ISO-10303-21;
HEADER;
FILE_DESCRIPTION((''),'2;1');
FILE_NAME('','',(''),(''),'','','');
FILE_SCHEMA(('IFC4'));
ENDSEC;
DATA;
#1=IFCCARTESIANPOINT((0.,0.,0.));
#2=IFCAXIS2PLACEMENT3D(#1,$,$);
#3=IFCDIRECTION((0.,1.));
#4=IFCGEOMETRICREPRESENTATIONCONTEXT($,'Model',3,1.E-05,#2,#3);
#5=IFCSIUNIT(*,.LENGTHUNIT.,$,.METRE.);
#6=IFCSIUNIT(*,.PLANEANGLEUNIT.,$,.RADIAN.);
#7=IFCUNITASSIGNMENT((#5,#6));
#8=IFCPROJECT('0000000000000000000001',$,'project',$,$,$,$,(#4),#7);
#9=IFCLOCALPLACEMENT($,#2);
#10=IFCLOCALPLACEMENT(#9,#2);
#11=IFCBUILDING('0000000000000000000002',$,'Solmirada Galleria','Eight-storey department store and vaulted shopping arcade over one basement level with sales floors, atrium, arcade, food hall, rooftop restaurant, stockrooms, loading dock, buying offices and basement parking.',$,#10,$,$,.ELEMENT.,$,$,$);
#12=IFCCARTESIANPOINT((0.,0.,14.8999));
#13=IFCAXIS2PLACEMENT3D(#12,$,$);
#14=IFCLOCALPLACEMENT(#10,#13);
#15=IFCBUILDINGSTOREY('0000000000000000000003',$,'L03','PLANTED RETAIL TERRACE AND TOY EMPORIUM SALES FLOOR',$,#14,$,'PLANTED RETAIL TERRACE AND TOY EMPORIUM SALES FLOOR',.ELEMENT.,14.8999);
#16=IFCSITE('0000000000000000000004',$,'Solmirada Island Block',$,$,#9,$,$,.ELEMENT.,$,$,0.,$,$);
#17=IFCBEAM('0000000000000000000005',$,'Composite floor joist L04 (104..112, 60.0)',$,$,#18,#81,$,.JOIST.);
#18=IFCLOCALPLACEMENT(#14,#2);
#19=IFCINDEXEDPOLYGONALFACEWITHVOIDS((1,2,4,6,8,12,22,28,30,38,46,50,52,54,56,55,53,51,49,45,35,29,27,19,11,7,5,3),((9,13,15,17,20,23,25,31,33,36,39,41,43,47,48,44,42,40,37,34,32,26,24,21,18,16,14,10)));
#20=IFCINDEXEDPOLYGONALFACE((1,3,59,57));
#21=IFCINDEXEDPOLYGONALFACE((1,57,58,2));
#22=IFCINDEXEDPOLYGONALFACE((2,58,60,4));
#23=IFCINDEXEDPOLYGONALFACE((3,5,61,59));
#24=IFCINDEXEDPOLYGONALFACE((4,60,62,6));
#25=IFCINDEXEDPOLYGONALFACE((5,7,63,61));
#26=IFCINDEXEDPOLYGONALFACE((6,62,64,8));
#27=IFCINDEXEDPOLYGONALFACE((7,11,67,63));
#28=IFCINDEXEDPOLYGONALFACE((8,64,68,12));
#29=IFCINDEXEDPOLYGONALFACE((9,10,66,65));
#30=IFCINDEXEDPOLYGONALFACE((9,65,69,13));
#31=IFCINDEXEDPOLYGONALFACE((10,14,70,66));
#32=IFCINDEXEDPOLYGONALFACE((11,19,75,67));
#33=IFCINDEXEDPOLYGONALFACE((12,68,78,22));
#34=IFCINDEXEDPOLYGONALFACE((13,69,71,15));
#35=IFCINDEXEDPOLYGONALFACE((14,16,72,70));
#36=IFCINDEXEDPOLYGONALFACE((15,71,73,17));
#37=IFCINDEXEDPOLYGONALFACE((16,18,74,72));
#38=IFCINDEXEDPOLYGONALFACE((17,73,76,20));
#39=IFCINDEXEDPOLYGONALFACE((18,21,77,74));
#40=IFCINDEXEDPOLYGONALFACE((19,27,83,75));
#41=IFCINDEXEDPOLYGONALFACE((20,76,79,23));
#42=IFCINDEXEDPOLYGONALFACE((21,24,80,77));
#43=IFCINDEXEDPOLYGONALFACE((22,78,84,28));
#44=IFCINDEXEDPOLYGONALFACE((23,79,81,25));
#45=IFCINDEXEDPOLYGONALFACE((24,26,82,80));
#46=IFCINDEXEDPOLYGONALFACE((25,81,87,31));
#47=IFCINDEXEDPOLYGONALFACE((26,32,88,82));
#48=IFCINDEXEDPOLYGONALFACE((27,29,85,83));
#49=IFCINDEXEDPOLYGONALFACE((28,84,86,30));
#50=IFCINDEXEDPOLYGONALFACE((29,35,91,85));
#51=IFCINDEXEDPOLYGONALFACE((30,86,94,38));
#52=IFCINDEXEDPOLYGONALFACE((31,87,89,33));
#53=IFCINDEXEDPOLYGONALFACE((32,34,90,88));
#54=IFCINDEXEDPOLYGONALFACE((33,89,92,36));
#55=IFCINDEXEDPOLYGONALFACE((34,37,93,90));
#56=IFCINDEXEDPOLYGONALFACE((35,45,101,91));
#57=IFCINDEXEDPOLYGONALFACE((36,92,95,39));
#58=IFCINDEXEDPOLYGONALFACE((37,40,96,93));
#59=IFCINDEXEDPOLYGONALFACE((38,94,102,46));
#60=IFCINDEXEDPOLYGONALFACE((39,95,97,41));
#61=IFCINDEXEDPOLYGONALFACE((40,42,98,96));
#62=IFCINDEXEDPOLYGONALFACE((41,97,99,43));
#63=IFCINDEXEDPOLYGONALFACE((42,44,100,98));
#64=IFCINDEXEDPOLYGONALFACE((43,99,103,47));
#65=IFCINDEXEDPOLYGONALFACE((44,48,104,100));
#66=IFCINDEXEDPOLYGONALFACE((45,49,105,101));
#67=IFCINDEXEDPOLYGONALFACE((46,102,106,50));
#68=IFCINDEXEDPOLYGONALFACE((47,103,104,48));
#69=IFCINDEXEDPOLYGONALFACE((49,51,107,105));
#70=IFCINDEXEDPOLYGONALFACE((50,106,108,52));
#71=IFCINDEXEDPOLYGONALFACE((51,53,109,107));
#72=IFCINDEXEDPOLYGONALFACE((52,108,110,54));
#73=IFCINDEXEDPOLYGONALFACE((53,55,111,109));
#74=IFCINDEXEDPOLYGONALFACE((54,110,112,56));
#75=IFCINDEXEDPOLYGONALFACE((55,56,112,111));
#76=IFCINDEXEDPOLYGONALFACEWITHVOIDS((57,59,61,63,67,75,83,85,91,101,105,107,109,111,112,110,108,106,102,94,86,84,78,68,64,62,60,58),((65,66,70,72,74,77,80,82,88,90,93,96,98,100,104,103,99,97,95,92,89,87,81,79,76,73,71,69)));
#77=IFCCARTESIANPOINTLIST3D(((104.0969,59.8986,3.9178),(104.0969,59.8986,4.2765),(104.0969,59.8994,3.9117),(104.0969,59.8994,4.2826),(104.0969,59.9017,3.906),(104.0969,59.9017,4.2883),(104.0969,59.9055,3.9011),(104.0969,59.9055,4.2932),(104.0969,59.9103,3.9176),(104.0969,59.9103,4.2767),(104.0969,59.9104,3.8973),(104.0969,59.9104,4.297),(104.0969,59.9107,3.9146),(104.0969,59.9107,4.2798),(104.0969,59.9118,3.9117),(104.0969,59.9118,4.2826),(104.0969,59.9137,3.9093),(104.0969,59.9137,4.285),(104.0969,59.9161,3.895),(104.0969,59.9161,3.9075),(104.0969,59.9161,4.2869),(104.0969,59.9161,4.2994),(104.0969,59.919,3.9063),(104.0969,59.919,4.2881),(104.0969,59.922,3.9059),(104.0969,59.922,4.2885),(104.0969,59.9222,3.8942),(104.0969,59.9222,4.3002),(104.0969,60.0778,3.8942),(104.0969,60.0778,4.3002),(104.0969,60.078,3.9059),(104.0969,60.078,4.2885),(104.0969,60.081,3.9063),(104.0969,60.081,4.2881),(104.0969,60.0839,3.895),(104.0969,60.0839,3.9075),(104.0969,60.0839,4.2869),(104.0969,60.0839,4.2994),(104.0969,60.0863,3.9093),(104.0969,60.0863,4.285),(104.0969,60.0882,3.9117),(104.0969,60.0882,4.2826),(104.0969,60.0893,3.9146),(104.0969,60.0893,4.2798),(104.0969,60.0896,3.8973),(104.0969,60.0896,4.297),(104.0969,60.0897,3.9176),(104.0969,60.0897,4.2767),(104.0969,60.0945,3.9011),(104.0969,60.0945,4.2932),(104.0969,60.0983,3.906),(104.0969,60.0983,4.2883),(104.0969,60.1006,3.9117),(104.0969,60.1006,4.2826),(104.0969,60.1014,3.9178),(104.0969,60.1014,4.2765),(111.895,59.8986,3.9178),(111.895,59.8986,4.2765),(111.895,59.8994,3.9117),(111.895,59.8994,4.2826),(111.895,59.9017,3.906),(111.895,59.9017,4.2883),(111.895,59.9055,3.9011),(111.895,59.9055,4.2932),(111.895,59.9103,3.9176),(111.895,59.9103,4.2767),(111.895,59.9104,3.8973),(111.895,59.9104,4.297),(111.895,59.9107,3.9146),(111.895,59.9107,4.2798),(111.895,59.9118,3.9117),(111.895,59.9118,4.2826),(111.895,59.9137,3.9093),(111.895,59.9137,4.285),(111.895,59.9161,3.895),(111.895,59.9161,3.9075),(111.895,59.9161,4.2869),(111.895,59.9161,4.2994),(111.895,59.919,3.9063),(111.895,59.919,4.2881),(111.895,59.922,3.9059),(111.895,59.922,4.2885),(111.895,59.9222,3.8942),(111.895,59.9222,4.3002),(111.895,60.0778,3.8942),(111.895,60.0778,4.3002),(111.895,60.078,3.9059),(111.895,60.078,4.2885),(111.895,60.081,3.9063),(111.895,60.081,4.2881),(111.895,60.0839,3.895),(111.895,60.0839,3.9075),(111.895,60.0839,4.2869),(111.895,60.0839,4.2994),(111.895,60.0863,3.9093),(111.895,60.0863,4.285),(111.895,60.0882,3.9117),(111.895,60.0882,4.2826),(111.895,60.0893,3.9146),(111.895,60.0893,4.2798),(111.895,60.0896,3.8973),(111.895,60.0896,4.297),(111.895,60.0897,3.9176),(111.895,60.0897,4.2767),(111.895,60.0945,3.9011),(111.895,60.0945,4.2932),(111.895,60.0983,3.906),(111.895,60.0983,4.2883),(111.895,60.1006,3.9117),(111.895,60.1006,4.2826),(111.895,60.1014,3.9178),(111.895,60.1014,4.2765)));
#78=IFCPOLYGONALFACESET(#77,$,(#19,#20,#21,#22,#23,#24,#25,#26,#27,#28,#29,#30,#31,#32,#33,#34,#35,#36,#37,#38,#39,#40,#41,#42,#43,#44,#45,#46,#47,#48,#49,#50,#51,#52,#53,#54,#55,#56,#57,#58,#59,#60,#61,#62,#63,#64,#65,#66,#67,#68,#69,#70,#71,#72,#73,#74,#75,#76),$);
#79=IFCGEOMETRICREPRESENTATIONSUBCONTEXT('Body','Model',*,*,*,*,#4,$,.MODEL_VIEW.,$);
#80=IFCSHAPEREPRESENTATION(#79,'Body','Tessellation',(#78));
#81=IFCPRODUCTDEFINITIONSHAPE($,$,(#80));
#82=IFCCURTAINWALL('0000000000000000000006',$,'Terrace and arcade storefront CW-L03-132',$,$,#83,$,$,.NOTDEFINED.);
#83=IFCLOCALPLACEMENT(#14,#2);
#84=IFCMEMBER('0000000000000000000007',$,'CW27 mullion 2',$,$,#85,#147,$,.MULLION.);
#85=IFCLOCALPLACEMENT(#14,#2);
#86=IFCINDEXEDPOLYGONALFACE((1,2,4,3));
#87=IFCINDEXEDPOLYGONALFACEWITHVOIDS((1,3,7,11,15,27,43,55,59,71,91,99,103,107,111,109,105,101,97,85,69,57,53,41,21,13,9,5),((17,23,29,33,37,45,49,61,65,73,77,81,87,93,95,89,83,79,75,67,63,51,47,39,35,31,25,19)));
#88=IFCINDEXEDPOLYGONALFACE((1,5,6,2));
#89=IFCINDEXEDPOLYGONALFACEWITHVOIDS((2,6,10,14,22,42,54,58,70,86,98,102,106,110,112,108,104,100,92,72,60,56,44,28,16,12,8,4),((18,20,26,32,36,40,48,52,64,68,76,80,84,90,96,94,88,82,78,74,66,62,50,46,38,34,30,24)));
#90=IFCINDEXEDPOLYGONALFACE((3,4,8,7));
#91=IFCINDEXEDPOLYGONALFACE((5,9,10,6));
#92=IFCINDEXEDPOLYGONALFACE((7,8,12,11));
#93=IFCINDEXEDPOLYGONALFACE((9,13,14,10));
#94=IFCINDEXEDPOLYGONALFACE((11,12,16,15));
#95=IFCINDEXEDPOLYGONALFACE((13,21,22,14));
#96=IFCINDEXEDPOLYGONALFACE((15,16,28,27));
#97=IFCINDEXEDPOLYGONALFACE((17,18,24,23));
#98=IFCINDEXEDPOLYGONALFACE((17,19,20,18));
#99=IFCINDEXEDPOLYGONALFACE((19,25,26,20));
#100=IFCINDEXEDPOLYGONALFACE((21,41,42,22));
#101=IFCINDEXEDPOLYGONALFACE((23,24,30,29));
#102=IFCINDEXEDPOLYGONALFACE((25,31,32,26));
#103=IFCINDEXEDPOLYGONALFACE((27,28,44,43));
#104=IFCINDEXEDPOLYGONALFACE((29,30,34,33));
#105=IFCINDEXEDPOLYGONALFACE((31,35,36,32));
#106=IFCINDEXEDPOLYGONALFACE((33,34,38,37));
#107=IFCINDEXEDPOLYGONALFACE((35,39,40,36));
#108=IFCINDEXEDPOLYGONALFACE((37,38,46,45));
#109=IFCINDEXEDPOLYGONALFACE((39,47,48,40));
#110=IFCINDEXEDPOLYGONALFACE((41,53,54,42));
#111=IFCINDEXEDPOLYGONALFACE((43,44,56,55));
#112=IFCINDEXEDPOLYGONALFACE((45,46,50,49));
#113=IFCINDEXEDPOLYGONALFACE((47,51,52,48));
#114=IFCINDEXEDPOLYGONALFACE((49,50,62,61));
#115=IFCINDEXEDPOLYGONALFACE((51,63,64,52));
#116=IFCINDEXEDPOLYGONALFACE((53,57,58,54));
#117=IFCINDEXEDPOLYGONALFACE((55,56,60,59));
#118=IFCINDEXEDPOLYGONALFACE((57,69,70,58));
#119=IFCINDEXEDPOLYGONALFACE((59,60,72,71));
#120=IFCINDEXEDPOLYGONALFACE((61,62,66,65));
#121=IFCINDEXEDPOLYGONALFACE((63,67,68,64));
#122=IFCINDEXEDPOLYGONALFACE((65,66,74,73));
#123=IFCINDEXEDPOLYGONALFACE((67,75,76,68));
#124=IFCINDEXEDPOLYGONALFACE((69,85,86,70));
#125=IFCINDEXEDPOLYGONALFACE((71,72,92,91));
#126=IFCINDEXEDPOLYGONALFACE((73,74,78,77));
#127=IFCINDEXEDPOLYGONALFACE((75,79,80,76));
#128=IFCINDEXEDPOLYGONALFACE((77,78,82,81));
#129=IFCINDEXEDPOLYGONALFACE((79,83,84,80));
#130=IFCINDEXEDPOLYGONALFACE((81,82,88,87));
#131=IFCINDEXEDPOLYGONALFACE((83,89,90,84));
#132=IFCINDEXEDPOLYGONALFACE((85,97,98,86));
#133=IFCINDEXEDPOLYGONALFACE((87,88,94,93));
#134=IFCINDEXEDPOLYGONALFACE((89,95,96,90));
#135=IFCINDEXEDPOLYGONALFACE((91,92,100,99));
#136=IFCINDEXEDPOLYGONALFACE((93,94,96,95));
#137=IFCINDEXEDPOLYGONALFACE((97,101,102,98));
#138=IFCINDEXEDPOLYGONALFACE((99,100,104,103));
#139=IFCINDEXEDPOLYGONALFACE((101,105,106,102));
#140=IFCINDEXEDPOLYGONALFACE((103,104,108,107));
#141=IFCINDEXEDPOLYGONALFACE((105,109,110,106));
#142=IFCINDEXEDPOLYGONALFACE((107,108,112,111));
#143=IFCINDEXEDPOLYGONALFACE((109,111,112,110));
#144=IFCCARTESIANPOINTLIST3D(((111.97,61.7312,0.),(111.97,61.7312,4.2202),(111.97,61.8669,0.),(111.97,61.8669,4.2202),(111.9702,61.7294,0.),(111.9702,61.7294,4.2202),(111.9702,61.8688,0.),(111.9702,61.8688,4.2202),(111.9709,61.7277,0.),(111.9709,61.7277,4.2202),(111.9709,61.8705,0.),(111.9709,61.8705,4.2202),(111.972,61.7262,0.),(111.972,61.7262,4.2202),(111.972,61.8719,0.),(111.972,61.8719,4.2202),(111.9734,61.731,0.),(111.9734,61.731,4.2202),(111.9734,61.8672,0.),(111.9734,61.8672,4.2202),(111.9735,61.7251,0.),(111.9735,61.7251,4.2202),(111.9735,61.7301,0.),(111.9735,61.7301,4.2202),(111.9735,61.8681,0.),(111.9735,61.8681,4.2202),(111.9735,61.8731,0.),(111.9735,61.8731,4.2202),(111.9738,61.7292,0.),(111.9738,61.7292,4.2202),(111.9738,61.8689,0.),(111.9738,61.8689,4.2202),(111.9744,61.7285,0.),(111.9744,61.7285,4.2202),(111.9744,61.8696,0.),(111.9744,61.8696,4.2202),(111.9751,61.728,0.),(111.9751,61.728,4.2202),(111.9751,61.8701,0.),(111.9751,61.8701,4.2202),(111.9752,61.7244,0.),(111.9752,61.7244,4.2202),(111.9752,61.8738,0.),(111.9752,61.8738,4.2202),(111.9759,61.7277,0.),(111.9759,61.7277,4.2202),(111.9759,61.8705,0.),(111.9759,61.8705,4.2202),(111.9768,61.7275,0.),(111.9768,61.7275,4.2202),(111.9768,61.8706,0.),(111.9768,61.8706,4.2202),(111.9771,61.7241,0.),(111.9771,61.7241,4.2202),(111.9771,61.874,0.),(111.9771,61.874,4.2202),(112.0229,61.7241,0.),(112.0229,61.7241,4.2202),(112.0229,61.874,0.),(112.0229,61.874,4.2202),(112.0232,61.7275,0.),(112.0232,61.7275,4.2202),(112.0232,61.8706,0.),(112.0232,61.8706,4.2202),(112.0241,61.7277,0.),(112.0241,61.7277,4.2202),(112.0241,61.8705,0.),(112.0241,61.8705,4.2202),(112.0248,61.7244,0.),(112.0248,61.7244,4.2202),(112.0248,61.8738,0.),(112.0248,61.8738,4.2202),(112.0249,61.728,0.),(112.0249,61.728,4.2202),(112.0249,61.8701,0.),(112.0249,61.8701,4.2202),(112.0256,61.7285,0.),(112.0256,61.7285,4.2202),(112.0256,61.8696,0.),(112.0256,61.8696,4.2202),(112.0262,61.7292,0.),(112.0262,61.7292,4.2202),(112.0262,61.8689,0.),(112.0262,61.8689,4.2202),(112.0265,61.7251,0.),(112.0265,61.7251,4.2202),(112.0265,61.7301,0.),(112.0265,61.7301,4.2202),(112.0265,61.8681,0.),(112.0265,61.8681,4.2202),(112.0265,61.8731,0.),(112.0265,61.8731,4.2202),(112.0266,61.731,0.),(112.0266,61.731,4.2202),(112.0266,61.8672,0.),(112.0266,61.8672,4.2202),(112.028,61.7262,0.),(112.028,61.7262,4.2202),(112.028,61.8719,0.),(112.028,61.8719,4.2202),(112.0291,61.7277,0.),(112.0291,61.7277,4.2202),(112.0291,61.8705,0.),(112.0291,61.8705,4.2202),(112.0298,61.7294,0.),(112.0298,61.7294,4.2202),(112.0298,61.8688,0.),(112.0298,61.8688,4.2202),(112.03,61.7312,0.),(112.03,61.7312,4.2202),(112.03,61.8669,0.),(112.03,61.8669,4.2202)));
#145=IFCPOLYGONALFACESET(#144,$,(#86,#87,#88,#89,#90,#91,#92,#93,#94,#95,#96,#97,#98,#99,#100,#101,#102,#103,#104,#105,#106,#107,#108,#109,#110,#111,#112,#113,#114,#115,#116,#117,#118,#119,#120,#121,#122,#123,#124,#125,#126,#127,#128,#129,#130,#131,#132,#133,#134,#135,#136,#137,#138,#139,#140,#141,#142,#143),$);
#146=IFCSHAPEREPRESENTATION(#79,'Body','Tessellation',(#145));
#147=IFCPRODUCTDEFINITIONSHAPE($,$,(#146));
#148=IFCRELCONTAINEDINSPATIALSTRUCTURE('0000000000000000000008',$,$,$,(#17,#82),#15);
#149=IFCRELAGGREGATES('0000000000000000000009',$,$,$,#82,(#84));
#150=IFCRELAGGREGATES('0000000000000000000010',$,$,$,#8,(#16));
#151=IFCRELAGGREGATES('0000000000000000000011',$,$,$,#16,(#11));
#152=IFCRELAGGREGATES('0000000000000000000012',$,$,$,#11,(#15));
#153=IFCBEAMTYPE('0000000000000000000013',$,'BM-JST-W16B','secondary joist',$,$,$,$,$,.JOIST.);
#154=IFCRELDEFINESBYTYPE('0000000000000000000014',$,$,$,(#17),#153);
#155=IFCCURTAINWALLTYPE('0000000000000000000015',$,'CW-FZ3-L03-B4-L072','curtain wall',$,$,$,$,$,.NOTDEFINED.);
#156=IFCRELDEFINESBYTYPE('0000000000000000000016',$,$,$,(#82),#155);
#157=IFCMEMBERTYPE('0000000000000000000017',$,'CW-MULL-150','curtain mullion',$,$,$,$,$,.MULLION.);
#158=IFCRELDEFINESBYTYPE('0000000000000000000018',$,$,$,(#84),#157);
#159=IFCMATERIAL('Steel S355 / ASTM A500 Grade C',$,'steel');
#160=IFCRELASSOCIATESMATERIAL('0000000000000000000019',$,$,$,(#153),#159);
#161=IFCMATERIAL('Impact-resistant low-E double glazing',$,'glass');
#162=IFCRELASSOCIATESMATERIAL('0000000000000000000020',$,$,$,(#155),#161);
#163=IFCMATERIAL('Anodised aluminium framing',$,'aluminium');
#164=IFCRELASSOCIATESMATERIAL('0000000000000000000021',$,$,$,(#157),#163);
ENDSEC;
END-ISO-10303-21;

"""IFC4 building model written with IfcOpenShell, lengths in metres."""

from ifc_helpers import new_model, si_unit, direction, frame, origin, origin_2d, place, context, subcontext, project, spatial, hollow_rectangle, extrude, material, material_profile, profile_set, type_object, element, aggregate, save


model = new_model("IFC4")

# Units and contexts
model_context = context("Model", 3, precision=1e-05, world=origin(), true_north=direction((0.0, 1.0)))
body_context = subcontext(model_context, "Body", "Model", "MODEL_VIEW")
ifc_project = project(units=[si_unit("LENGTHUNIT", "METRE"), si_unit("PLANEANGLEUNIT", "RADIAN")], contexts=[model_context])

# Site, building, storey
site_placement = place(None, origin())
site = spatial("IfcSite", under=ifc_project, at=site_placement, Name="Solmirada Island Block", CompositionType="ELEMENT", RefElevation=0.0)
building_placement = place(site_placement, origin())
building = spatial("IfcBuilding", under=site, at=building_placement, Name="Solmirada Galleria", Description="Eight-storey department store and vaulted shopping arcade over one basement level with sales floors, atrium, arcade, food hall, rooftop restaurant, stockrooms, loading dock, buying offices and basement parking.", CompositionType="ELEMENT")
storey_placement = place(building_placement, frame((0.0, 0.0, 14.8999)))
storey = spatial("IfcBuildingStorey", under=building, at=storey_placement, Name="L03", Description="PLANTED RETAIL TERRACE AND TOY EMPORIUM SALES FLOOR", LongName="PLANTED RETAIL TERRACE AND TOY EMPORIUM SALES FLOOR", CompositionType="ELEMENT", Elevation=14.8999)

# Beam
ifc_material_1 = material(Name="Steel S355 / ASTM A500 Grade C", Category="steel")
ifc_material_profile_1 = material_profile(ifc_material_1, hollow_rectangle(XDim=0.2029, YDim=0.406, WallThickness=0.0117, InnerFilletRadius=0.0117, OuterFilletRadius=0.0237, at=origin_2d()), Name="HSS16X8X1/2")
ifc_profile_set_1 = profile_set([ifc_material_profile_1], Name="Steel S355 / ASTM A500 Grade C")
beam_type = type_object("IfcBeamType", Name="BM-JST-W16B", Description="secondary joist", PredefinedType="JOIST", material=ifc_profile_set_1)
beam_placement = place(storey_placement, frame((104.0969, 60.0, 4.0972), z_axis=(1.0, 0.0, 0.0), x_axis=(0.0, 1.0, 0.0)))
element("IfcBeam", 1, at=beam_placement, inside=storey, type_object=beam_type, Name="Composite floor joist L04 (104..112, 60.0)", PredefinedType="JOIST", context=body_context, shape_type="SweptSolid", body=[
    extrude(hollow_rectangle(XDim=0.2029, YDim=0.406, WallThickness=0.0117, InnerFilletRadius=0.0117, OuterFilletRadius=0.0237, at=origin_2d()), origin(), (0.0, 0.0, 1.0), 7.7981),
])

# Curtain wall, member
ifc_material_2 = material(Name="Impact-resistant low-E double glazing", Category="glass")
curtain_wall_type = type_object("IfcCurtainWallType", Name="CW-FZ3-L03-B4-L072", Description="curtain wall", PredefinedType="NOTDEFINED", material=ifc_material_2)
curtain_wall_placement = place(storey_placement, origin())
curtain_wall = element("IfcCurtainWall", 2, at=curtain_wall_placement, inside=storey, type_object=curtain_wall_type, Name="Terrace and arcade storefront CW-L03-132", PredefinedType="NOTDEFINED")
ifc_material_3 = material(Name="Anodised aluminium framing", Category="aluminium")
ifc_material_profile_2 = material_profile(ifc_material_3, hollow_rectangle(XDim=0.0601, YDim=0.1499, WallThickness=0.0034, InnerFilletRadius=0.0034, OuterFilletRadius=0.0071, at=origin_2d()), Name="ALU-MULL-150X60")
ifc_profile_set_2 = profile_set([ifc_material_profile_2], Name="Anodised aluminium framing")
member_type_1 = type_object("IfcMemberType", Name="CW-MULL-150", Description="curtain mullion", PredefinedType="MULLION", material=ifc_profile_set_2)
member_1_placement = place(storey_placement, frame((112.0, 61.7991, 0.0), z_axis=(0.0, 0.0, 1.0), x_axis=(1.0, 0.0, 0.0)))
member_1 = element("IfcMember", 3, at=member_1_placement, type_object=member_type_1, Name="CW27 mullion 2", PredefinedType="MULLION", context=body_context, shape_type="SweptSolid", body=[
    extrude(hollow_rectangle(XDim=0.0601, YDim=0.1499, WallThickness=0.0034, InnerFilletRadius=0.0034, OuterFilletRadius=0.0071, at=origin_2d()), origin(), (0.0, 0.0, 1.0), 4.2202),
])
aggregate(curtain_wall, [member_1])

save(model, "model.ifc")
